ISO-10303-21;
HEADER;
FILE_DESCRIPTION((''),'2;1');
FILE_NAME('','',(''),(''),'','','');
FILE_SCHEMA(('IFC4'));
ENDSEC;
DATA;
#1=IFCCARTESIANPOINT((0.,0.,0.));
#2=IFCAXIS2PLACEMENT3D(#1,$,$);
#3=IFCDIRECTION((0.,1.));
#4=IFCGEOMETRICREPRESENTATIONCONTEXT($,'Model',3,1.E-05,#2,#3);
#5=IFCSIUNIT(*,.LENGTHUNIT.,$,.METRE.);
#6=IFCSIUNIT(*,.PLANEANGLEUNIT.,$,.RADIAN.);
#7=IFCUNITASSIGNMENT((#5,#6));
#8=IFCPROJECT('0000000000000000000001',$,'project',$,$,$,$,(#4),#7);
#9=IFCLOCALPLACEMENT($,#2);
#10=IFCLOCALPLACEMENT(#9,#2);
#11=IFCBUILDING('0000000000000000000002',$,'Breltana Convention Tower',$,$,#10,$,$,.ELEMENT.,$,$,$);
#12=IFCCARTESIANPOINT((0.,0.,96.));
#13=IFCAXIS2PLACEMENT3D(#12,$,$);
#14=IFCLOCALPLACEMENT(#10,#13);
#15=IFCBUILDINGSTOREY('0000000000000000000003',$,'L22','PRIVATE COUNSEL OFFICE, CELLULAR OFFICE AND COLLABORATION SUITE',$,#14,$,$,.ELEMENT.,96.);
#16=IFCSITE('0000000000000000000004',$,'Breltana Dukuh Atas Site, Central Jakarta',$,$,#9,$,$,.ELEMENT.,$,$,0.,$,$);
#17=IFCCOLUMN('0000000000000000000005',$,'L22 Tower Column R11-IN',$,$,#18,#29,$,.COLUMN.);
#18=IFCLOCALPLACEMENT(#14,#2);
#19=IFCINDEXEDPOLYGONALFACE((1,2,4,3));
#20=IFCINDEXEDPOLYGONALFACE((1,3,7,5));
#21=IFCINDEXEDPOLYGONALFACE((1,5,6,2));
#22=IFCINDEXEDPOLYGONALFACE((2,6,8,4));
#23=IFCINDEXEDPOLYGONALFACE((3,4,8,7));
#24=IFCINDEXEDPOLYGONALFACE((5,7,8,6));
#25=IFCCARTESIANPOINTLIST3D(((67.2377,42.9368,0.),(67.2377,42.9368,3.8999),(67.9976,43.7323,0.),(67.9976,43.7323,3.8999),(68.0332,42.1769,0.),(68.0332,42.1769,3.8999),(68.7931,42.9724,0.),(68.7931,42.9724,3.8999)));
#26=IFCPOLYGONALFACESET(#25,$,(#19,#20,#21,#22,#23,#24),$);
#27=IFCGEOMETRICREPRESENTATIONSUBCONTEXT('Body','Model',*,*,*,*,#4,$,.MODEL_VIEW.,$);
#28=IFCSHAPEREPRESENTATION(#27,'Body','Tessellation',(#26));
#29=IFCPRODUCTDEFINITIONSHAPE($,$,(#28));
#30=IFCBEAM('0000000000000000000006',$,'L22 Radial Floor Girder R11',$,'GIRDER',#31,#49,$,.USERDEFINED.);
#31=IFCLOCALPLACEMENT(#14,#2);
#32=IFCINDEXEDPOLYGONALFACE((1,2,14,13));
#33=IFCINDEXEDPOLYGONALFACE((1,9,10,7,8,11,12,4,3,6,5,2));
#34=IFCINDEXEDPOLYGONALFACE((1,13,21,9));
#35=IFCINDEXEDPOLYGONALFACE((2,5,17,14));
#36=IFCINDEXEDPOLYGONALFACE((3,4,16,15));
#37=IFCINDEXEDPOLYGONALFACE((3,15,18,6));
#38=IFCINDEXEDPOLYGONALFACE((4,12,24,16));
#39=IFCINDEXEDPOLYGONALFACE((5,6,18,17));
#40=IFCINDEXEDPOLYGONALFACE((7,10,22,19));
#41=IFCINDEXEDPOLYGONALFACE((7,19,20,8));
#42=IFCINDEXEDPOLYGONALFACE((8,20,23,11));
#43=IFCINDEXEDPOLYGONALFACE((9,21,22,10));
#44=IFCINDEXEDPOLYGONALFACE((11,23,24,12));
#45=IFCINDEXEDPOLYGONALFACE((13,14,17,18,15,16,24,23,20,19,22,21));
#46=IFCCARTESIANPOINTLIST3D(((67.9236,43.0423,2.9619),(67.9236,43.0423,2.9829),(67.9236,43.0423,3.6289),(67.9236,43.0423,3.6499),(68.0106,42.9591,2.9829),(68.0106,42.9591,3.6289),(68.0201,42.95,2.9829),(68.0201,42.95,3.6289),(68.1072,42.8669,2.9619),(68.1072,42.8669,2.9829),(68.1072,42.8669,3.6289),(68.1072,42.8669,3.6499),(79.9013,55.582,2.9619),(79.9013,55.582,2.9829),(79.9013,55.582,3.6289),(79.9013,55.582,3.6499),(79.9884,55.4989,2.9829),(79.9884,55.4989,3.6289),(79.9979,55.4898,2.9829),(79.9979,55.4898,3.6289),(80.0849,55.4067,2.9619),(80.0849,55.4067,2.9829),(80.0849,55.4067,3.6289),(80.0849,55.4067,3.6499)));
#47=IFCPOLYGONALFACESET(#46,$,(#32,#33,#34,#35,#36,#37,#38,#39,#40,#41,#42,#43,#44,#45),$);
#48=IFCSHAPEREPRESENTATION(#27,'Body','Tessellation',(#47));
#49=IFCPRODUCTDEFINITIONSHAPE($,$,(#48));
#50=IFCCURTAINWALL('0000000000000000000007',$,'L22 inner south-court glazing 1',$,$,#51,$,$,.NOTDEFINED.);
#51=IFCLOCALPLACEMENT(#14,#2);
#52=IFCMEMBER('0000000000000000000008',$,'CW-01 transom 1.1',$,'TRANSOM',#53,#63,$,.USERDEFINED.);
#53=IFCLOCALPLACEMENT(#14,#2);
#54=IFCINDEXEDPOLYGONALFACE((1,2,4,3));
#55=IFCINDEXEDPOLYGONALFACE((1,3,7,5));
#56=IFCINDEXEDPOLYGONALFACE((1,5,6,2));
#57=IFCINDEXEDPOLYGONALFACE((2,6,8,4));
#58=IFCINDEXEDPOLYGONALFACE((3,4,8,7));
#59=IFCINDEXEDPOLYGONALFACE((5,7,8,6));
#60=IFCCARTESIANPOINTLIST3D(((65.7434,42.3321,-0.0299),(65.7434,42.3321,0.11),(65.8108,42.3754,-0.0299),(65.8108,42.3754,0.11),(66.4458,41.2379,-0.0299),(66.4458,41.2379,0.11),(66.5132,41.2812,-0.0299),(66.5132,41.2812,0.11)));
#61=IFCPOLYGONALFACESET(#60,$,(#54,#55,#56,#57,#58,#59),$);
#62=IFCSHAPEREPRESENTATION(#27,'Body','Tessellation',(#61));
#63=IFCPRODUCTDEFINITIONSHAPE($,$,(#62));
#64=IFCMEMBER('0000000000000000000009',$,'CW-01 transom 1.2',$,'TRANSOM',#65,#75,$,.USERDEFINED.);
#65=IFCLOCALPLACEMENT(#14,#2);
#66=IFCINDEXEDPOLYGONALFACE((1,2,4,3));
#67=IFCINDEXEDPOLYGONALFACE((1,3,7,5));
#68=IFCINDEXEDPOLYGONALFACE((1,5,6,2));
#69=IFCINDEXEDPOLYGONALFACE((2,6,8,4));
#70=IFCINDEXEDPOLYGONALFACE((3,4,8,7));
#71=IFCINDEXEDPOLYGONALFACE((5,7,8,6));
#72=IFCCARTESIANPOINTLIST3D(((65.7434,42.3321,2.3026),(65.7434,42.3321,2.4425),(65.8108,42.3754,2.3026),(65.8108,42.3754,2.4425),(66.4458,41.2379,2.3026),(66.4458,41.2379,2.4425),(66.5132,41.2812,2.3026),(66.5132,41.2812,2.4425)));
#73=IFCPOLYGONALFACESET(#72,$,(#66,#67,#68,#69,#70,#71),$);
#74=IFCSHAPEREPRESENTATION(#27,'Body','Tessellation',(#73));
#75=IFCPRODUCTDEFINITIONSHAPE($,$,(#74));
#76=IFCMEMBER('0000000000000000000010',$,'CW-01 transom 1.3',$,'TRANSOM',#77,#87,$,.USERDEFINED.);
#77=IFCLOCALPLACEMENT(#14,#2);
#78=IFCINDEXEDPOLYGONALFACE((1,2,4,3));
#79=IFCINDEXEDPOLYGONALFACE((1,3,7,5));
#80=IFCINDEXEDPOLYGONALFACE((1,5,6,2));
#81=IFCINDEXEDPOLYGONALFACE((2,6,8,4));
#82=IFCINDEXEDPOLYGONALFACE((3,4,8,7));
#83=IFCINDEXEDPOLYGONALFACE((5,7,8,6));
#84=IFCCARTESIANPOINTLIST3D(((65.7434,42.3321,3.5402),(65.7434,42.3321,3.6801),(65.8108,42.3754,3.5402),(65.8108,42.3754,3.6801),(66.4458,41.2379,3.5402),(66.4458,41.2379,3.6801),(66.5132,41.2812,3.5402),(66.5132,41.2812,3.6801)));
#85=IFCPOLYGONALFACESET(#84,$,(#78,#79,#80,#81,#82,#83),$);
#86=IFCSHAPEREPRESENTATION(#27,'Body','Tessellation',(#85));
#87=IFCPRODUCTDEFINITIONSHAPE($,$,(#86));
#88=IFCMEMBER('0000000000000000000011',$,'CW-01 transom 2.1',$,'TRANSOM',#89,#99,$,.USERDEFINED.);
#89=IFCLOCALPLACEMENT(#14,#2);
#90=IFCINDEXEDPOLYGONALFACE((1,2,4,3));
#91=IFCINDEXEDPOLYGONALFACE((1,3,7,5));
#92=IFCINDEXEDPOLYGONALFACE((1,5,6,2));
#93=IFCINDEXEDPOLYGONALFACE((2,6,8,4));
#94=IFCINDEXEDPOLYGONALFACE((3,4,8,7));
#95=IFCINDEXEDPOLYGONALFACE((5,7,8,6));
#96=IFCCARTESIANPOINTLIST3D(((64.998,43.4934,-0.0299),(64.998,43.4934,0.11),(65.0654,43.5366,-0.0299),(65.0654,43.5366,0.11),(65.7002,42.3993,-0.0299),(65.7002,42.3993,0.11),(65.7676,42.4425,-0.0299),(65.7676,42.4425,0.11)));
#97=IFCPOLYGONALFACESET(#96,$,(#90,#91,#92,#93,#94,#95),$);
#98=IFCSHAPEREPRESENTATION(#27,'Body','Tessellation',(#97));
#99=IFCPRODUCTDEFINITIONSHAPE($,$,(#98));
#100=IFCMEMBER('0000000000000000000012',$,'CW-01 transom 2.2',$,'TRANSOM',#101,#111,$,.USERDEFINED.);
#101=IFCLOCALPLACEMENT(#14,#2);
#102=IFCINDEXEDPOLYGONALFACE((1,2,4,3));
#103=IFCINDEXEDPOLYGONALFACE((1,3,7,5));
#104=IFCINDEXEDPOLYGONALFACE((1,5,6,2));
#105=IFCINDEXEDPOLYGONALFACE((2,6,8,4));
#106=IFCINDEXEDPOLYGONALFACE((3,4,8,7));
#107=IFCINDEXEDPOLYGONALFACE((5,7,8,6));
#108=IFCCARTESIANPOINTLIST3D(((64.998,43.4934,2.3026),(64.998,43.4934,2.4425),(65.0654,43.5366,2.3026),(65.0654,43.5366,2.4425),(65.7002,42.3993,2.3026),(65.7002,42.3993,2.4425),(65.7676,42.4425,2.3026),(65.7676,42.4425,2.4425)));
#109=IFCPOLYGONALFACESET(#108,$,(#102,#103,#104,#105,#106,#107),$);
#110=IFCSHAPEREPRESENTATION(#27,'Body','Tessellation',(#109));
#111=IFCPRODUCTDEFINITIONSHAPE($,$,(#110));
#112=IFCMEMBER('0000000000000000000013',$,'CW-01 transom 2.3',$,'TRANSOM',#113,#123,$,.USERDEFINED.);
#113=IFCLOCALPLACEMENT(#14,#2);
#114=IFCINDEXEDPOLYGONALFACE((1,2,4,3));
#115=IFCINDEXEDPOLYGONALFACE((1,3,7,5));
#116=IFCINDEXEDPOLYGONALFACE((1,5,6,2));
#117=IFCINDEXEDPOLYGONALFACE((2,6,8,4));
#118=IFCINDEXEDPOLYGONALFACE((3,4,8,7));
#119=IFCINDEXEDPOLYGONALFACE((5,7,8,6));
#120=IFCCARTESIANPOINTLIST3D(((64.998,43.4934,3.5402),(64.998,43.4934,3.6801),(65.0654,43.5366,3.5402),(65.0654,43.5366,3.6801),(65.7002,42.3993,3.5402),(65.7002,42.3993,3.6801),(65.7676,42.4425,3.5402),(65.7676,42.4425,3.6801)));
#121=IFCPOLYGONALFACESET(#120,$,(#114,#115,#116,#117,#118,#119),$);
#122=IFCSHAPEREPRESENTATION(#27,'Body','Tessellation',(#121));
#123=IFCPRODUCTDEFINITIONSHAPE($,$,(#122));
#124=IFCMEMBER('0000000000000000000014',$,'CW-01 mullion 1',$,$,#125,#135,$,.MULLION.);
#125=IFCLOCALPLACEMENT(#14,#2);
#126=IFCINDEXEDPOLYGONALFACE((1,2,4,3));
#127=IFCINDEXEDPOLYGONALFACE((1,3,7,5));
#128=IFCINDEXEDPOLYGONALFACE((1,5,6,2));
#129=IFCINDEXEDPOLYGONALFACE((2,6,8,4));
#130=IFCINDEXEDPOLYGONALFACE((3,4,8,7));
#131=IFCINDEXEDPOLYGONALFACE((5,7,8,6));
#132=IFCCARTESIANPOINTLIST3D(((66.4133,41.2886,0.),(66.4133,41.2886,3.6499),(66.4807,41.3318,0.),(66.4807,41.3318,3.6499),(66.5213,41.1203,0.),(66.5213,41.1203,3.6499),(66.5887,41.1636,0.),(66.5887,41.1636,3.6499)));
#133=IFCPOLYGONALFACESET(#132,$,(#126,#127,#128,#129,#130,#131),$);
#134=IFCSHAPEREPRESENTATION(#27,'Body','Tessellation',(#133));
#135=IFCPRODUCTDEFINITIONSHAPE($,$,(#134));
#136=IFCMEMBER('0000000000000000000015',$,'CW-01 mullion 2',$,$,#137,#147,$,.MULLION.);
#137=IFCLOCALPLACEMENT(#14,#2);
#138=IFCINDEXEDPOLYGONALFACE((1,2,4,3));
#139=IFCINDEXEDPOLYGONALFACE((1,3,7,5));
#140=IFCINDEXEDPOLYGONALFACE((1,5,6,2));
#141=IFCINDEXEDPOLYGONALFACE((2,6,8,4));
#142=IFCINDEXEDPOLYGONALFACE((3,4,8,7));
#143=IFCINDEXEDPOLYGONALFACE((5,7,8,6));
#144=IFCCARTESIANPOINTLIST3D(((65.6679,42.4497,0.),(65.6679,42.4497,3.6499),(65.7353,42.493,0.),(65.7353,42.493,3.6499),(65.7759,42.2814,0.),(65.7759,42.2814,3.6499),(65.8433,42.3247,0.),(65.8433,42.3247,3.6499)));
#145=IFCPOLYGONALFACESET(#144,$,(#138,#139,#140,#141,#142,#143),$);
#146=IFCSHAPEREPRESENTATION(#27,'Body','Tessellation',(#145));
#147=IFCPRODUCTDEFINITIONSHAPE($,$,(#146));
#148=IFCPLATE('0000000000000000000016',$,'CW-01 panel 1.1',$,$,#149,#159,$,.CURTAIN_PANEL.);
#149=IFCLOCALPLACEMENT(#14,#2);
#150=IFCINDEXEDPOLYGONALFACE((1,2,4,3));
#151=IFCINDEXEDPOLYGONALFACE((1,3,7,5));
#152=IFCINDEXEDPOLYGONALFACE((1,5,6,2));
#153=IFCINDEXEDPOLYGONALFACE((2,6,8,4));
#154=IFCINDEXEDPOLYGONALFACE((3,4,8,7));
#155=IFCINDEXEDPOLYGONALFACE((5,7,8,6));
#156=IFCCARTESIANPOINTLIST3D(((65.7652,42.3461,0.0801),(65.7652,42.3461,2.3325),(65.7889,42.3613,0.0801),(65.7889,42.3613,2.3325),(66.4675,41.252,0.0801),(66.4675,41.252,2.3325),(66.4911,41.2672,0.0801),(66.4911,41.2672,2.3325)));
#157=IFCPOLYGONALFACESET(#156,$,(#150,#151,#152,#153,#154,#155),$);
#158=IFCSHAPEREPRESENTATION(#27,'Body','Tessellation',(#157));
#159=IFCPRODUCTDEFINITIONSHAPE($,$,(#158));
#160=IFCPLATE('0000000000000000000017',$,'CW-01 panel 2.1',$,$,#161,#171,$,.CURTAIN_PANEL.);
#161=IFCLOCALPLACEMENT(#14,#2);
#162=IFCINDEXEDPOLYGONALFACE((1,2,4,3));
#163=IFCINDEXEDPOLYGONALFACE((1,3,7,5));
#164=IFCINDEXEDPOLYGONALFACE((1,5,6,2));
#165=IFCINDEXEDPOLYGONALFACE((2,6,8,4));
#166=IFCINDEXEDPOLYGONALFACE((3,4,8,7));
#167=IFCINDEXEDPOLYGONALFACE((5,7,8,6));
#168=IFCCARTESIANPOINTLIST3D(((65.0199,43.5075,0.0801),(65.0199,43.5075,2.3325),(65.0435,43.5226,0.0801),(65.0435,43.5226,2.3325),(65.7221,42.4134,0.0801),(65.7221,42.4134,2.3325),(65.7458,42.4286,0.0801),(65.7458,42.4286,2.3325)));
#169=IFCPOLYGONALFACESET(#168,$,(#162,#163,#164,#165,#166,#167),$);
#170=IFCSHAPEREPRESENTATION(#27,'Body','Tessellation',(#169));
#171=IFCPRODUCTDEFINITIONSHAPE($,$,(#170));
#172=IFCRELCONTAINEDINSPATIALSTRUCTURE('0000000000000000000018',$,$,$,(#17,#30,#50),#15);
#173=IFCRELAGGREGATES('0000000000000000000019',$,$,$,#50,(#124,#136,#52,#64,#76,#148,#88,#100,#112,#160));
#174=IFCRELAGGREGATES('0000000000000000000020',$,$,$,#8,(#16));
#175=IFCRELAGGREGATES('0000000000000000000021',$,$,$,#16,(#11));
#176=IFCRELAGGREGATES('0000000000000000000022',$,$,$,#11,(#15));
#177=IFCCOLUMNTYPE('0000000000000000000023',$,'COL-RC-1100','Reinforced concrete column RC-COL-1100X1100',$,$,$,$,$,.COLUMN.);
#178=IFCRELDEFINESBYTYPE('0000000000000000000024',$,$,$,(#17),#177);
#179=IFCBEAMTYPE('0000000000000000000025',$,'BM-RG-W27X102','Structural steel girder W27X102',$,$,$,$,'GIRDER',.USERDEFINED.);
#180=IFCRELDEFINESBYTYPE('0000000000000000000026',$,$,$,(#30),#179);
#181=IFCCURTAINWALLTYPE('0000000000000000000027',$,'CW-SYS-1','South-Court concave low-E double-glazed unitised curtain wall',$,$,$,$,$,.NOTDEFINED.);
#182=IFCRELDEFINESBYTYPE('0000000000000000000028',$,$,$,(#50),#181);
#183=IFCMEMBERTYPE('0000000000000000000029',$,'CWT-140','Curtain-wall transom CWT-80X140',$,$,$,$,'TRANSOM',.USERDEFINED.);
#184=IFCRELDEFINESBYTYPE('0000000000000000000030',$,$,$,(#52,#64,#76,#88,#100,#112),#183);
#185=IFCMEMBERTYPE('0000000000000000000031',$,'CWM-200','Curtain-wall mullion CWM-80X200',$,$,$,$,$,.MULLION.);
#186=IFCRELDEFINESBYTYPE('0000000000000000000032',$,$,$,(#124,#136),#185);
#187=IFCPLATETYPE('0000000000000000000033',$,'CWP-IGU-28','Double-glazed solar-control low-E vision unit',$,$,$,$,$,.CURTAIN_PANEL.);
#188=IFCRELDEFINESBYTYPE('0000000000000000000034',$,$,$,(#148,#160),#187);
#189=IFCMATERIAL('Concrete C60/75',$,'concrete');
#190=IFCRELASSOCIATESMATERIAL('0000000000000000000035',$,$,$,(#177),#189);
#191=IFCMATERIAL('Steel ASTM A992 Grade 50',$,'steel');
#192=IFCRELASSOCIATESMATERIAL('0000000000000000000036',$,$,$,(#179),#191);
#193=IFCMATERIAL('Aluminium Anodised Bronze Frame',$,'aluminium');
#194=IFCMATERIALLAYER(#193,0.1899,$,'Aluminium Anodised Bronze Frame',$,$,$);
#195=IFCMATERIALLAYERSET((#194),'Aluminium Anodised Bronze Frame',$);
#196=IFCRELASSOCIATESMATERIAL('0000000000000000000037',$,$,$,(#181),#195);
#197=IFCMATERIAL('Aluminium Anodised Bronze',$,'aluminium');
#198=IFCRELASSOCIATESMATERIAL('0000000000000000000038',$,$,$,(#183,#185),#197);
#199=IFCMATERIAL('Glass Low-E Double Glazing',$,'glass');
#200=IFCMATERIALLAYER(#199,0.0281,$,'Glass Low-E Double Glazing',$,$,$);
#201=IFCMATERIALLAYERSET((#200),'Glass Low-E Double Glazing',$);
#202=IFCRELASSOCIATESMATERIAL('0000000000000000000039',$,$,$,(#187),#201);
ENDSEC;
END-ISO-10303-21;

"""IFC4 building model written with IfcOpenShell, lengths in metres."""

from ifc_helpers import new_model, si_unit, direction, frame, origin, origin_2d, place, context, subcontext, project, spatial, rectangle, i_section, extrude, source, transform, mapped, material, layer, layer_set, material_profile, profile_set, type_object, type_shapes, element, aggregate, save


model = new_model("IFC4")

# Units and contexts
model_context = context("Model", 3, precision=1e-05, world=origin(), true_north=direction((0.0, 1.0)))
body_context = subcontext(model_context, "Body", "Model", "MODEL_VIEW")
ifc_project = project(units=[si_unit("LENGTHUNIT", "METRE"), si_unit("PLANEANGLEUNIT", "RADIAN")], contexts=[model_context])

# Site, building, storey
site_placement = place(None, origin())
site = spatial("IfcSite", under=ifc_project, at=site_placement, Name="Breltana Dukuh Atas Site, Central Jakarta", CompositionType="ELEMENT", RefElevation=0.0)
building_placement = place(site_placement, origin())
building = spatial("IfcBuilding", under=site, at=building_placement, Name="Breltana Convention Tower", CompositionType="ELEMENT")
storey_placement = place(building_placement, frame((0.0, 0.0, 96.0)))
storey = spatial("IfcBuildingStorey", under=building, at=storey_placement, Name="L22", Description="PRIVATE COUNSEL OFFICE, CELLULAR OFFICE AND COLLABORATION SUITE", CompositionType="ELEMENT", Elevation=96.0)

# Column
ifc_material_1 = material(Name="Concrete C60/75", Category="concrete")
ifc_material_profile_1 = material_profile(ifc_material_1, rectangle(XDim=1.1001, YDim=1.1001, at=origin_2d()), Name="RC-COL-1100X1100")
ifc_profile_set_1 = profile_set([ifc_material_profile_1], Name="Concrete C60/75")
column_type = type_object("IfcColumnType", Name="COL-RC-1100", Description="Reinforced concrete column RC-COL-1100X1100", PredefinedType="COLUMN", material=ifc_profile_set_1)
shared_shape_1 = source(origin(), body_context, "Body", "SweptSolid", [
    extrude(rectangle(XDim=1.1001, YDim=1.1001, at=origin_2d()), origin(), (0.0, 0.0, 1.0), 3.8999),
])
column_placement = place(storey_placement, frame((68.0154, 42.9546, 0.0), z_axis=(0.0, 0.0, 1.0), x_axis=(0.690756, 0.723088, 0.0)))
element("IfcColumn", 1, at=column_placement, inside=storey, type_object=column_type, Name="L22 Tower Column R11-IN", PredefinedType="COLUMN", context=body_context, shape_type="MappedRepresentation", body=[
    mapped(shared_shape_1, transform((0.0, 0.0, 0.0), scale=1.0)),
])

# Beam
ifc_material_2 = material(Name="Steel ASTM A992 Grade 50", Category="steel")
ifc_material_profile_2 = material_profile(ifc_material_2, i_section(OverallWidth=0.2539, OverallDepth=0.688, WebThickness=0.0132, FlangeThickness=0.021, at=origin_2d()), Name="W27X102")
ifc_profile_set_2 = profile_set([ifc_material_profile_2], Name="Steel ASTM A992 Grade 50")
beam_type = type_object("IfcBeamType", Name="BM-RG-W27X102", Description="Structural steel girder W27X102", ElementType="GIRDER", PredefinedType="USERDEFINED", material=ifc_profile_set_2)
shared_shape_2 = source(origin(), body_context, "Body", "SweptSolid", [
    extrude(i_section(OverallWidth=0.2539, OverallDepth=0.688, WebThickness=0.0132, FlangeThickness=0.021, at=origin_2d()), origin(), (0.0, 0.0, 1.0), 17.3411),
])
type_shapes(beam_type, [shared_shape_2])
beam_placement = place(storey_placement, frame((68.0154, 42.9546, 3.3059), z_axis=(0.690716, 0.723126, 0.0), x_axis=(-0.723126, 0.690716, 0.0)))
element("IfcBeam", 2, at=beam_placement, inside=storey, type_object=beam_type, Name="L22 Radial Floor Girder R11", ObjectType="GIRDER", PredefinedType="USERDEFINED", context=body_context, shape_type="MappedRepresentation", body=[
    mapped(shared_shape_2, transform((0.0, 0.0, 0.0), scale=1.0)),
])

# Curtain wall, members, plates
ifc_material_3 = material(Name="Aluminium Anodised Bronze Frame", Category="aluminium")
ifc_layer_1 = layer(ifc_material_3, 0.1899, Name="Aluminium Anodised Bronze Frame")
ifc_layer_set_1 = layer_set([ifc_layer_1], Name="Aluminium Anodised Bronze Frame")
curtain_wall_type = type_object("IfcCurtainWallType", Name="CW-SYS-1", Description="South-Court concave low-E double-glazed unitised curtain wall", PredefinedType="NOTDEFINED", material=ifc_layer_set_1)
curtain_wall_placement = place(storey_placement, origin())
curtain_wall = element("IfcCurtainWall", 3, at=curtain_wall_placement, inside=storey, type_object=curtain_wall_type, Name="L22 inner south-court glazing 1", PredefinedType="NOTDEFINED")
ifc_material_4 = material(Name="Aluminium Anodised Bronze", Category="aluminium")
ifc_material_profile_3 = material_profile(ifc_material_4, rectangle(XDim=0.0801, YDim=0.1399, at=origin_2d()), Name="CWT-80X140")
ifc_profile_set_3 = profile_set([ifc_material_profile_3], Name="Aluminium Anodised Bronze")
member_type_1 = type_object("IfcMemberType", Name="CWT-140", Description="Curtain-wall transom CWT-80X140", ElementType="TRANSOM", PredefinedType="USERDEFINED", material=ifc_profile_set_3)
shared_shape_3 = source(origin(), body_context, "Body", "SweptSolid", [
    extrude(rectangle(XDim=0.0801, YDim=0.1399, at=origin_2d()), origin(), (0.0, 0.0, 1.0), 1.3003),
])
member_1_placement = place(storey_placement, frame((66.4795, 41.2595, 0.04), z_axis=(-0.540188, 0.841544, 0.0), x_axis=(-0.841544, -0.540188, 0.0)))
member_1 = element("IfcMember", 4, at=member_1_placement, type_object=member_type_1, Name="CW-01 transom 1.1", ObjectType="TRANSOM", PredefinedType="USERDEFINED", context=body_context, shape_type="MappedRepresentation", body=[
    mapped(shared_shape_3, transform((0.0, 0.0, 0.0), scale=1.0)),
])
member_2_placement = place(storey_placement, frame((66.4795, 41.2595, 2.3726), z_axis=(-0.540188, 0.841544, 0.0), x_axis=(-0.841544, -0.540188, 0.0)))
member_2 = element("IfcMember", 5, at=member_2_placement, type_object=member_type_1, Name="CW-01 transom 1.2", ObjectType="TRANSOM", PredefinedType="USERDEFINED", context=body_context, shape_type="MappedRepresentation", body=[
    mapped(shared_shape_3, transform((0.0, 0.0, 0.0), scale=1.0)),
])
member_3_placement = place(storey_placement, frame((66.4795, 41.2595, 3.6101), z_axis=(-0.540188, 0.841544, 0.0), x_axis=(-0.841544, -0.540188, 0.0)))
member_3 = element("IfcMember", 6, at=member_3_placement, type_object=member_type_1, Name="CW-01 transom 1.3", ObjectType="TRANSOM", PredefinedType="USERDEFINED", context=body_context, shape_type="MappedRepresentation", body=[
    mapped(shared_shape_3, transform((0.0, 0.0, 0.0), scale=1.0)),
])
shared_shape_4 = source(origin(), body_context, "Body", "SweptSolid", [
    extrude(rectangle(XDim=0.0801, YDim=0.1399, at=origin_2d()), origin(), (0.0, 0.0, 1.0), 1.3),
])
member_4_placement = place(storey_placement, frame((65.7339, 42.4209, 0.04), z_axis=(-0.54014, 0.841575, 0.0), x_axis=(-0.841575, -0.54014, 0.0)))
member_4 = element("IfcMember", 7, at=member_4_placement, type_object=member_type_1, Name="CW-01 transom 2.1", ObjectType="TRANSOM", PredefinedType="USERDEFINED", context=body_context, shape_type="MappedRepresentation", body=[
    mapped(shared_shape_4, transform((0.0, 0.0, 0.0), scale=1.0)),
])
member_5_placement = place(storey_placement, frame((65.7339, 42.4209, 2.3726), z_axis=(-0.54014, 0.841575, 0.0), x_axis=(-0.841575, -0.54014, 0.0)))
member_5 = element("IfcMember", 8, at=member_5_placement, type_object=member_type_1, Name="CW-01 transom 2.2", ObjectType="TRANSOM", PredefinedType="USERDEFINED", context=body_context, shape_type="MappedRepresentation", body=[
    mapped(shared_shape_4, transform((0.0, 0.0, 0.0), scale=1.0)),
])
member_6_placement = place(storey_placement, frame((65.7339, 42.4209, 3.6101), z_axis=(-0.54014, 0.841575, 0.0), x_axis=(-0.841575, -0.54014, 0.0)))
member_6 = element("IfcMember", 9, at=member_6_placement, type_object=member_type_1, Name="CW-01 transom 2.3", ObjectType="TRANSOM", PredefinedType="USERDEFINED", context=body_context, shape_type="MappedRepresentation", body=[
    mapped(shared_shape_4, transform((0.0, 0.0, 0.0), scale=1.0)),
])
ifc_material_profile_4 = material_profile(ifc_material_4, rectangle(XDim=0.0801, YDim=0.2, at=origin_2d()), Name="CWM-80X200")
ifc_profile_set_4 = profile_set([ifc_material_profile_4], Name="Aluminium Anodised Bronze")
member_type_2 = type_object("IfcMemberType", Name="CWM-200", Description="Curtain-wall mullion CWM-80X200", PredefinedType="MULLION", material=ifc_profile_set_4)
shared_shape_5 = source(origin(), body_context, "Body", "SweptSolid", [
    extrude(rectangle(XDim=0.0801, YDim=0.2, at=origin_2d()), origin(), (0.0, 0.0, 1.0), 3.6499),
])
member_7_placement = place(storey_placement, frame((66.501, 41.2261, 0.0), z_axis=(0.0, 0.0, 1.0), x_axis=(-0.841551, -0.540177, 0.0)))
member_7 = element("IfcMember", 10, at=member_7_placement, type_object=member_type_2, Name="CW-01 mullion 1", PredefinedType="MULLION", context=body_context, shape_type="MappedRepresentation", body=[
    mapped(shared_shape_5, transform((0.0, 0.0, 0.0), scale=1.0)),
])
member_8_placement = place(storey_placement, frame((65.7556, 42.3872, 0.0), z_axis=(0.0, 0.0, 1.0), x_axis=(-0.841551, -0.540177, 0.0)))
member_8 = element("IfcMember", 11, at=member_8_placement, type_object=member_type_2, Name="CW-01 mullion 2", PredefinedType="MULLION", context=body_context, shape_type="MappedRepresentation", body=[
    mapped(shared_shape_5, transform((0.0, 0.0, 0.0), scale=1.0)),
])
ifc_material_5 = material(Name="Glass Low-E Double Glazing", Category="glass")
ifc_layer_2 = layer(ifc_material_5, 0.0281, Name="Glass Low-E Double Glazing")
ifc_layer_set_2 = layer_set([ifc_layer_2], Name="Glass Low-E Double Glazing")
plate_type = type_object("IfcPlateType", Name="CWP-IGU-28", Description="Double-glazed solar-control low-E vision unit", PredefinedType="CURTAIN_PANEL", material=ifc_layer_set_2)
shared_shape_6 = source(origin(), body_context, "Body", "SweptSolid", [
    extrude(rectangle(XDim=1.3, YDim=0.0281, at=origin_2d()), origin(), (0.0, 0.0, 1.0), 2.2524),
])
plate_1_placement = place(storey_placement, frame((66.1282, 41.8066, 0.0801), z_axis=(0.0, 0.0, 1.0), x_axis=(-0.540177, 0.841551, 0.0)))
plate_1 = element("IfcPlate", 12, at=plate_1_placement, type_object=plate_type, Name="CW-01 panel 1.1", PredefinedType="CURTAIN_PANEL", context=body_context, shape_type="MappedRepresentation", body=[
    mapped(shared_shape_6, transform((0.0, 0.0, 0.0), scale=1.0)),
])
plate_2_placement = place(storey_placement, frame((65.3828, 42.968, 0.0801), z_axis=(0.0, 0.0, 1.0), x_axis=(-0.540177, 0.841551, 0.0)))
plate_2 = element("IfcPlate", 13, at=plate_2_placement, type_object=plate_type, Name="CW-01 panel 2.1", PredefinedType="CURTAIN_PANEL", context=body_context, shape_type="MappedRepresentation", body=[
    mapped(shared_shape_6, transform((0.0, 0.0, 0.0), scale=1.0)),
])
aggregate(curtain_wall, [member_7, member_8, member_1, member_2, member_3, plate_1, member_4, member_5, member_6, plate_2])

save(model, "model.ifc")
